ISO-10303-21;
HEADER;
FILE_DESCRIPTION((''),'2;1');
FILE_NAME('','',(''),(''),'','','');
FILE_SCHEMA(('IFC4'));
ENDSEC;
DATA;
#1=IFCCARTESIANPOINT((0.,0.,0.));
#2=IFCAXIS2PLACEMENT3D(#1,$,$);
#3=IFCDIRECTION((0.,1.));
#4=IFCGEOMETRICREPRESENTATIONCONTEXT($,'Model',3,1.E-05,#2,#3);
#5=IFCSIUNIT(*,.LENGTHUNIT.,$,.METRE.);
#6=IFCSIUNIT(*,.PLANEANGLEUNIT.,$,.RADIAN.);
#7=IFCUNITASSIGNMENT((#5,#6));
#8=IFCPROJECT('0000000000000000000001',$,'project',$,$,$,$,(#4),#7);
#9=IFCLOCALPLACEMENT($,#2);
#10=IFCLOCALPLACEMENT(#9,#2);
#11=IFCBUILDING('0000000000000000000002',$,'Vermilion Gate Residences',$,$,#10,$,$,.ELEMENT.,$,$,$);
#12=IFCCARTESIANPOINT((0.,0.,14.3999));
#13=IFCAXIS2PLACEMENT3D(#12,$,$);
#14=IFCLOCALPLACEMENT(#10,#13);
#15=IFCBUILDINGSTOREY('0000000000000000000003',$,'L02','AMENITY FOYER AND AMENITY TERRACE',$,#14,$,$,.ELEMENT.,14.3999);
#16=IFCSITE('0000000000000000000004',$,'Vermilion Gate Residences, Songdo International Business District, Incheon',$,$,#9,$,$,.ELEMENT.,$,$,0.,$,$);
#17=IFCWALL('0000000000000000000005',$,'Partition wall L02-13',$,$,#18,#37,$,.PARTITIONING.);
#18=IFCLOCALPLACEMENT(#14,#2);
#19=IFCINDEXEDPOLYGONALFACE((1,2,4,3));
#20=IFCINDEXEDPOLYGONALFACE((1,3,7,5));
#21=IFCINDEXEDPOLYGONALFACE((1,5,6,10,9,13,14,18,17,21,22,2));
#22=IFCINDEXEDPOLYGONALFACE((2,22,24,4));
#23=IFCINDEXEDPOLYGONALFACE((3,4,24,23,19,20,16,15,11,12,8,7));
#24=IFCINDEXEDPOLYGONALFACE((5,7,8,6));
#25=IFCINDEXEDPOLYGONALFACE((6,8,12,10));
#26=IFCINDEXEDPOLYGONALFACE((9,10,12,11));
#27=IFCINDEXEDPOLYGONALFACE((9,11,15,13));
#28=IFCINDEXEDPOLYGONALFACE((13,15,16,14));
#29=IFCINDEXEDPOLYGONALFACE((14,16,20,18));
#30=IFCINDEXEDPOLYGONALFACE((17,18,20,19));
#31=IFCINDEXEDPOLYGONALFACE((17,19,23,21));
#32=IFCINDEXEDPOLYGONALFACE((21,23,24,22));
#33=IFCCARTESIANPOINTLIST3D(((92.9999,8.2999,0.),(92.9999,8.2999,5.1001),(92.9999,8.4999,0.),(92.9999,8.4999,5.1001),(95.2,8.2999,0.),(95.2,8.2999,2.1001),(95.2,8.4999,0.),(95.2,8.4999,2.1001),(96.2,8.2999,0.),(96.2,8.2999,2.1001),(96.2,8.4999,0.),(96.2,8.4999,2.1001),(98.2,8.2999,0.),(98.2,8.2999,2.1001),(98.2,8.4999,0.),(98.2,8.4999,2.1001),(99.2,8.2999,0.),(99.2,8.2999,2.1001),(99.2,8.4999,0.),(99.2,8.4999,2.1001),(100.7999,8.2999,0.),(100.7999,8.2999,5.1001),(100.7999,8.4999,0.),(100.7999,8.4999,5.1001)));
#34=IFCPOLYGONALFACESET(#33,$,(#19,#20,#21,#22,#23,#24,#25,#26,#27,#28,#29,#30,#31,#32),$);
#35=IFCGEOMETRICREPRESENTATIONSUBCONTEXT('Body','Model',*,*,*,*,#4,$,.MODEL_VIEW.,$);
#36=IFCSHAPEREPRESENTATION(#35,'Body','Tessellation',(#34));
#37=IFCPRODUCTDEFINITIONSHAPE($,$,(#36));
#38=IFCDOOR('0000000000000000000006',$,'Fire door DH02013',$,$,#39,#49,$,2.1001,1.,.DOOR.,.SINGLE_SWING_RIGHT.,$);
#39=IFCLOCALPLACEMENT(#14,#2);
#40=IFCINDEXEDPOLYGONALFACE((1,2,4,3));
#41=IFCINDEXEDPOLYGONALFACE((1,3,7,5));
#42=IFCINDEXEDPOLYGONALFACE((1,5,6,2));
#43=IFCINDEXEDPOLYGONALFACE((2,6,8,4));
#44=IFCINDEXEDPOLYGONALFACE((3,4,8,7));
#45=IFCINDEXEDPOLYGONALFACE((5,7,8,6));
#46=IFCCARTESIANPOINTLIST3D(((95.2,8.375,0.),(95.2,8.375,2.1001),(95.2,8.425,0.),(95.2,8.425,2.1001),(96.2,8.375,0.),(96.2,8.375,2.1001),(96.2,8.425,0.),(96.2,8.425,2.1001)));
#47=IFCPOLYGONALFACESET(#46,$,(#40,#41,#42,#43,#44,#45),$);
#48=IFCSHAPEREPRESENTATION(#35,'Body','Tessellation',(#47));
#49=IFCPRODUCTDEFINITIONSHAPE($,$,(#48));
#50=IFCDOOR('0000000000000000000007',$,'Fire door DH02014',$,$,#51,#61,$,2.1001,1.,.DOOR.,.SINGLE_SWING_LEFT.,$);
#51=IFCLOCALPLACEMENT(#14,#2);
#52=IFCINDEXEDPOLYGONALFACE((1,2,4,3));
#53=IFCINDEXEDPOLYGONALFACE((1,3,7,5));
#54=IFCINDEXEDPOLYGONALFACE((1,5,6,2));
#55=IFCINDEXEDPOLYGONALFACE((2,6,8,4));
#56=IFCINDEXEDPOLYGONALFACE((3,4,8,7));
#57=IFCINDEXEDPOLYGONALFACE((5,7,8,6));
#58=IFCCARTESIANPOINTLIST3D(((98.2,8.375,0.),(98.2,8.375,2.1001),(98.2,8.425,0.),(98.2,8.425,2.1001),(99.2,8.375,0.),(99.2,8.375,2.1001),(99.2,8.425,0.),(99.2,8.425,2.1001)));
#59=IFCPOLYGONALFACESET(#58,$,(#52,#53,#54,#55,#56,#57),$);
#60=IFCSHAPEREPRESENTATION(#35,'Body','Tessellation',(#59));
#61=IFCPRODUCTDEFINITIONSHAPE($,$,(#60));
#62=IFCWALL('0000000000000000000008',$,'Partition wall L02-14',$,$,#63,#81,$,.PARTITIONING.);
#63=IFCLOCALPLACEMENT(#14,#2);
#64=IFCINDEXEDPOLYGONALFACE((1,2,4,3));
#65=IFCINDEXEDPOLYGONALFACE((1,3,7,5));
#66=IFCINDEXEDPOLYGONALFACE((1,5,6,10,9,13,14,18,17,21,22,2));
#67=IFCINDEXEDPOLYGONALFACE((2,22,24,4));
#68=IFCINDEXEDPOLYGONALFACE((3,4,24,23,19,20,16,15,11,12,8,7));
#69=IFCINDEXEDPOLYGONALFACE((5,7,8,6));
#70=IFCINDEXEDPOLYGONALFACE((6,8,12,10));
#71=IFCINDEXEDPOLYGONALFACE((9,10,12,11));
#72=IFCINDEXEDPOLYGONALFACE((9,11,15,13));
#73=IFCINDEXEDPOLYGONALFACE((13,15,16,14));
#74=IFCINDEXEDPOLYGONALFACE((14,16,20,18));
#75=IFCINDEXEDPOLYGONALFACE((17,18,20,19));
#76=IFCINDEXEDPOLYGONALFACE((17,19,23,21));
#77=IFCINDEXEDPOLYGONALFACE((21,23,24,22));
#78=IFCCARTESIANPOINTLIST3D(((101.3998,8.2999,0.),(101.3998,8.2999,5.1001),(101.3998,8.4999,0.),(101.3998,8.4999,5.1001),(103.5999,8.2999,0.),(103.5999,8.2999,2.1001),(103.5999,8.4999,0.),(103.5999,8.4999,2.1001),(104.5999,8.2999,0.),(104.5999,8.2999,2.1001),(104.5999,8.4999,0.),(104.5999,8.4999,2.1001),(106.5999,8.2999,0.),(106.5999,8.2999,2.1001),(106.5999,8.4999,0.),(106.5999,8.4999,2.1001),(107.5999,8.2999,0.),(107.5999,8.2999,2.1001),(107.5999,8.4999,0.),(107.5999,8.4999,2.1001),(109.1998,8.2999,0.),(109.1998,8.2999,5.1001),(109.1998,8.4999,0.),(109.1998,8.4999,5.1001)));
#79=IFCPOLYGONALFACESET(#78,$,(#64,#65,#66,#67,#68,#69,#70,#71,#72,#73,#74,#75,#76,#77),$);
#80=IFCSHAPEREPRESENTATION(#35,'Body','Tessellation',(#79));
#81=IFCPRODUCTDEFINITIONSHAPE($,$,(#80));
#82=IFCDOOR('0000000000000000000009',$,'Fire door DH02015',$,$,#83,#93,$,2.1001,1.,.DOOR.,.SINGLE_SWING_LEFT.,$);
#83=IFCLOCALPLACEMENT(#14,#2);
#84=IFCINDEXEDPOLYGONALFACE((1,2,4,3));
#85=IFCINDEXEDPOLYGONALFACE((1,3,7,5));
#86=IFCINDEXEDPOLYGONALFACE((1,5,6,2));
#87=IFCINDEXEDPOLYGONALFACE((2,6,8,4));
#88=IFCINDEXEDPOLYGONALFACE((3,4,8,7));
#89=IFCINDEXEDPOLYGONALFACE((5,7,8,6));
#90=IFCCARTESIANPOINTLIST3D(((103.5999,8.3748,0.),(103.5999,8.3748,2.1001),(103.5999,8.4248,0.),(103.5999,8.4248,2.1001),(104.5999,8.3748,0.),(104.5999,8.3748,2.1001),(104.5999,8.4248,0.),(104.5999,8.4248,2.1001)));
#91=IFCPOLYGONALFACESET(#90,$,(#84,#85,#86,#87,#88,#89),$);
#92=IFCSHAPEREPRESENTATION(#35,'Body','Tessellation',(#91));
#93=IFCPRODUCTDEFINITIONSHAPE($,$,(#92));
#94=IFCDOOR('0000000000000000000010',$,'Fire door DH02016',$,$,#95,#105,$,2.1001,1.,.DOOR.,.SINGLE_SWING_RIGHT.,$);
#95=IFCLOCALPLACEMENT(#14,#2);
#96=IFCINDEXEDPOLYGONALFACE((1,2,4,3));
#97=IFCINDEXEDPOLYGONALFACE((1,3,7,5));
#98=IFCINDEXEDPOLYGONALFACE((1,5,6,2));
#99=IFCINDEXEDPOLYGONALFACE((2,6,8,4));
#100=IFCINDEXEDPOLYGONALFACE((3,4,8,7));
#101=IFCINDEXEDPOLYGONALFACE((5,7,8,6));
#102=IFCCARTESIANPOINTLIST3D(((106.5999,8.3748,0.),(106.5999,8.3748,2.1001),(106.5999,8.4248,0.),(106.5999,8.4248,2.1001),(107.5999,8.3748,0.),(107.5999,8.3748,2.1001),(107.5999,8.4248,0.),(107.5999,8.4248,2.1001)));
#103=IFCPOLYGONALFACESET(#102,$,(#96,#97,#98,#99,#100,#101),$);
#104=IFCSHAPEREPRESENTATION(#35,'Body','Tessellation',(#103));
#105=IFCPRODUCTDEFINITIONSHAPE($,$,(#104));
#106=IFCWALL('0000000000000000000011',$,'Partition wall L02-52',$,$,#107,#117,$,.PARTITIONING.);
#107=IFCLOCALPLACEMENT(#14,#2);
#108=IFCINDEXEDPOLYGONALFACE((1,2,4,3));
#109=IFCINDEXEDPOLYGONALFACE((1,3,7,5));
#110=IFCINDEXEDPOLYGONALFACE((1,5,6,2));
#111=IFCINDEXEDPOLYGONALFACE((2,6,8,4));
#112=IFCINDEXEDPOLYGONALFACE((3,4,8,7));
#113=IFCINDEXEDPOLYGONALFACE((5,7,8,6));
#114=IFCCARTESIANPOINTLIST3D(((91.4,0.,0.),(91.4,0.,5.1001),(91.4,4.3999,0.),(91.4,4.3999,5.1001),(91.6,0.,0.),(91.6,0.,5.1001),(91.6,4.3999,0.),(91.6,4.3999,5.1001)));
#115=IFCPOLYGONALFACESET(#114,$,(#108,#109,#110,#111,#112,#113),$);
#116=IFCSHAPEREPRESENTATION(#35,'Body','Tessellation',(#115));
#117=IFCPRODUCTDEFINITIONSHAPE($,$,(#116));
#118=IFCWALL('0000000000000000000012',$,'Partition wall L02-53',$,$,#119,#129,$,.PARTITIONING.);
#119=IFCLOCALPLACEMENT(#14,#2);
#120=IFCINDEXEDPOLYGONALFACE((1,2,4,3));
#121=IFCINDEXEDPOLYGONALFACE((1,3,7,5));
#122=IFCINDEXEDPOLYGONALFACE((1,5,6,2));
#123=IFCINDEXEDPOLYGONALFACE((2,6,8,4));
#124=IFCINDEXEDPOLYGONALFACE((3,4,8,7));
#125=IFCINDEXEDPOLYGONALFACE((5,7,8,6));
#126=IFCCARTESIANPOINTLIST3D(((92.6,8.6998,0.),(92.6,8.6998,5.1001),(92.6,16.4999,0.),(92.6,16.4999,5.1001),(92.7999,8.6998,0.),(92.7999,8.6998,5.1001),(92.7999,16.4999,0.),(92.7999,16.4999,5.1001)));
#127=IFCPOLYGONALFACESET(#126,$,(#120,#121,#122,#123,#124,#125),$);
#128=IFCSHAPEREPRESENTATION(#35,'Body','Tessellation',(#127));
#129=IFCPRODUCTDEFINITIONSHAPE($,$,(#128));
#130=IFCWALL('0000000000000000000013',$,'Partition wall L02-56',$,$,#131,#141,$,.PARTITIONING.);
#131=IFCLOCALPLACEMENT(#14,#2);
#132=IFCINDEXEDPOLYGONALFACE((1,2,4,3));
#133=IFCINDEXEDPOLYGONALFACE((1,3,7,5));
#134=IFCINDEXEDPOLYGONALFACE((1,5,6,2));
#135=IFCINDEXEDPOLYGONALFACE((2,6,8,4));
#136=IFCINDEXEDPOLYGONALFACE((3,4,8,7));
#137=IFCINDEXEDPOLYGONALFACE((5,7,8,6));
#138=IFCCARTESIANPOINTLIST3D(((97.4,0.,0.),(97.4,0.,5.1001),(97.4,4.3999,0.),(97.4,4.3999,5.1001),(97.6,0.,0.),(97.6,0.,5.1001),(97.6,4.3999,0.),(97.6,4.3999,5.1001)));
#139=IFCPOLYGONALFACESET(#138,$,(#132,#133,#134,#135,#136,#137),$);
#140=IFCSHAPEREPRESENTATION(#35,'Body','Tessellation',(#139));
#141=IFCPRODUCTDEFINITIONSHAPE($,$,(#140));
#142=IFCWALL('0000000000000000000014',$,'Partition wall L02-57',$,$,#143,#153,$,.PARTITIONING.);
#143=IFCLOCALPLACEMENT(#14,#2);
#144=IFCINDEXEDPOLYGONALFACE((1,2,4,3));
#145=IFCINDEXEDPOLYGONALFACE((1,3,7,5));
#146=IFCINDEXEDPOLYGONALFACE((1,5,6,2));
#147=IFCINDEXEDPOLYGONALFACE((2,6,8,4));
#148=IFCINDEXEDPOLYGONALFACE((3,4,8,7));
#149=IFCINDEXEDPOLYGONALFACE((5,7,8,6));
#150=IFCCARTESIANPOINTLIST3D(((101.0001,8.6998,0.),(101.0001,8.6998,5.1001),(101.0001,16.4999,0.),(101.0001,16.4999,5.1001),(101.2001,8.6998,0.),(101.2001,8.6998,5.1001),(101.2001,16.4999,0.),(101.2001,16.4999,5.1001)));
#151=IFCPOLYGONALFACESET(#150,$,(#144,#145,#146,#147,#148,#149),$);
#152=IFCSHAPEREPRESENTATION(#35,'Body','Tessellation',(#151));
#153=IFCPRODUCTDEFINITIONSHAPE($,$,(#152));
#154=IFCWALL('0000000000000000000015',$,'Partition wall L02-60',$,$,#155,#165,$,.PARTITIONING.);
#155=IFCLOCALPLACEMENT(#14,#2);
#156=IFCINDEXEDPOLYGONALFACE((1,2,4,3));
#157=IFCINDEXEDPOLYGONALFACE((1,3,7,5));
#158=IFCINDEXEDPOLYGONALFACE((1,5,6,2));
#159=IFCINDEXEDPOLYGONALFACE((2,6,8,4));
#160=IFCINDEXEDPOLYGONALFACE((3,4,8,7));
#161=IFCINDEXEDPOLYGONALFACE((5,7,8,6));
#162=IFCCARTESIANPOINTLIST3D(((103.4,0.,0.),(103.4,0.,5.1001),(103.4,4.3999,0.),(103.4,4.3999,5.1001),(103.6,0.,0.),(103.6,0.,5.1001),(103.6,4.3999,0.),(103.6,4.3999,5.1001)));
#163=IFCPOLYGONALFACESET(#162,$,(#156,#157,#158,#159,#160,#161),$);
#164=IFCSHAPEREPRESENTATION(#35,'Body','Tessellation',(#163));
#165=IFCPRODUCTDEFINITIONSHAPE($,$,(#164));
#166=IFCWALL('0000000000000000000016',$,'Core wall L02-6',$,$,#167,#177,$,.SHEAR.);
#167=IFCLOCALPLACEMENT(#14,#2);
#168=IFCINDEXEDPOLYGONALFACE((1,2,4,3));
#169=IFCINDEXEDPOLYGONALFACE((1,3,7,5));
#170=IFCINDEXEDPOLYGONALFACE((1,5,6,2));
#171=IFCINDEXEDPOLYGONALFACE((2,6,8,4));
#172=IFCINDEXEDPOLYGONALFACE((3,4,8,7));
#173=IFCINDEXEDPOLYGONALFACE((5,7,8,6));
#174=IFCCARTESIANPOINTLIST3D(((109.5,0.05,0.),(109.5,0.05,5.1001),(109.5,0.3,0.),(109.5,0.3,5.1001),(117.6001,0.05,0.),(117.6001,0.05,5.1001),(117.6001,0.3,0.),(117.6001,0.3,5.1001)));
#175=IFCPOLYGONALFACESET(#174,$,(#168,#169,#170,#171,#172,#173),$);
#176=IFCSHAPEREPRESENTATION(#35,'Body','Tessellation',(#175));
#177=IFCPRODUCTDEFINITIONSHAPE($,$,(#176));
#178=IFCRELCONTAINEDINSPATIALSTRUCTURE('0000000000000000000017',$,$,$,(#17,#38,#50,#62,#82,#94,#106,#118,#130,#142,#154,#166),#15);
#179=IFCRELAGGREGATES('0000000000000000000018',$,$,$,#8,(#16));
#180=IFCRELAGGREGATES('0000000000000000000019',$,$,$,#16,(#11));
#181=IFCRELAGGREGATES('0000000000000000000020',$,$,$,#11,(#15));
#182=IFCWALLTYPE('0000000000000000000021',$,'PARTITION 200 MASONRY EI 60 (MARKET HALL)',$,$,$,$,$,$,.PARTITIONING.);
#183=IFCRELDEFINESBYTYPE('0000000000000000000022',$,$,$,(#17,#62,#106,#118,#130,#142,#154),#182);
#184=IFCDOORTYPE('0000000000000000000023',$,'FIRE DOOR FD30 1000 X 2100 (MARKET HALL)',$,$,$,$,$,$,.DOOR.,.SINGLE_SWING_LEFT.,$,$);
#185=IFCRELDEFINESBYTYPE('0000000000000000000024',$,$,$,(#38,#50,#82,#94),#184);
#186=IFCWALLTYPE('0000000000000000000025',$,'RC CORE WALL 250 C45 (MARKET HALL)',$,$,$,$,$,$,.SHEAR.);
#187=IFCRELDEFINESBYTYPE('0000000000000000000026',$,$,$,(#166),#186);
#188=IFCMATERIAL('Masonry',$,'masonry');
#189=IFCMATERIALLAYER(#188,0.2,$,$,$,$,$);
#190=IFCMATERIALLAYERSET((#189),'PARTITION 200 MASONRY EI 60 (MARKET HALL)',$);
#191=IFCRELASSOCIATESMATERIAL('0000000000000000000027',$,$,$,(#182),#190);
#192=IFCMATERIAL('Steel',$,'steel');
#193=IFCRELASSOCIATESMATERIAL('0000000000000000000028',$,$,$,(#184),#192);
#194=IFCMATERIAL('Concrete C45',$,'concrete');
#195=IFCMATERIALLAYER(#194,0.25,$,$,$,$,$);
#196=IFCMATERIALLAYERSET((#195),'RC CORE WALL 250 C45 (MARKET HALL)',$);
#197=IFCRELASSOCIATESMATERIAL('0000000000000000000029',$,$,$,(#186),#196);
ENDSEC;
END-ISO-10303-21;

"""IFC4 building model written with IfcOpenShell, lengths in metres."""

from ifc_helpers import new_model, si_unit, direction, frame, frame_2d, origin, place, context, subcontext, project, spatial, rectangle, extrude, material, layer, layer_set, type_object, element, fill, save


model = new_model("IFC4")

# Units and contexts
model_context = context("Model", 3, precision=1e-05, world=origin(), true_north=direction((0.0, 1.0)))
body_context = subcontext(model_context, "Body", "Model", "MODEL_VIEW")
ifc_project = project(units=[si_unit("LENGTHUNIT", "METRE"), si_unit("PLANEANGLEUNIT", "RADIAN")], contexts=[model_context])

# Site, building, storey
site_placement = place(None, origin())
site = spatial("IfcSite", under=ifc_project, at=site_placement, Name="Vermilion Gate Residences, Songdo International Business District, Incheon", CompositionType="ELEMENT", RefElevation=0.0)
building_placement = place(site_placement, origin())
building = spatial("IfcBuilding", under=site, at=building_placement, Name="Vermilion Gate Residences", CompositionType="ELEMENT")
storey_placement = place(building_placement, frame((0.0, 0.0, 14.3999)))
storey = spatial("IfcBuildingStorey", under=building, at=storey_placement, Name="L02", Description="AMENITY FOYER AND AMENITY TERRACE", CompositionType="ELEMENT", Elevation=14.3999)

# Walls, openings, doors
ifc_material_1 = material(Name="Masonry", Category="masonry")
ifc_layer_1 = layer(ifc_material_1, 0.2)
ifc_layer_set_1 = layer_set([ifc_layer_1], Name="PARTITION 200 MASONRY EI 60 (MARKET HALL)")
wall_type_1 = type_object("IfcWallType", Name="PARTITION 200 MASONRY EI 60 (MARKET HALL)", PredefinedType="PARTITIONING", material=ifc_layer_set_1)
wall_1_placement = place(storey_placement, frame((93.0, 8.3999, 0.0), z_axis=(0.0, 0.0, 1.0), x_axis=(1.0, 0.0, 0.0)))
wall_1 = element("IfcWall", 1, at=wall_1_placement, inside=storey, type_object=wall_type_1, Name="Partition wall L02-13", PredefinedType="PARTITIONING", context=body_context, shape_type="SweptSolid", body=[
    extrude(rectangle(XDim=7.8, YDim=0.2, at=frame_2d((3.8999, 0.0))), origin(), (0.0, 0.0, 1.0), 5.1001),
])
opening_1_placement = place(wall_1_placement, frame((2.2, 0.0, 0.0)))
opening_1 = element("IfcOpeningElement", 2, at=opening_1_placement, cuts=wall_1, PredefinedType="OPENING", context=body_context, shape_type="SweptSolid", body=[
    extrude(rectangle(XDim=1.0, YDim=2.1001, at=frame_2d((0.5, 1.05))), frame((0.0, 0.1099, 0.0), z_axis=(0.0, -1.0, 0.0), x_axis=(1.0, 0.0, 0.0)), (0.0, 0.0, 1.0), 0.22),
])
opening_2_placement = place(wall_1_placement, frame((5.2, 0.0, 0.0)))
opening_2 = element("IfcOpeningElement", 3, at=opening_2_placement, cuts=wall_1, PredefinedType="OPENING", context=body_context, shape_type="SweptSolid", body=[
    extrude(rectangle(XDim=1.0, YDim=2.1001, at=frame_2d((0.5, 1.05))), frame((0.0, 0.1099, 0.0), z_axis=(0.0, -1.0, 0.0), x_axis=(1.0, 0.0, 0.0)), (0.0, 0.0, 1.0), 0.22),
])
ifc_material_2 = material(Name="Steel", Category="steel")
door_type_1 = type_object("IfcDoorType", Name="FIRE DOOR FD30 1000 X 2100 (MARKET HALL)", OperationType="SINGLE_SWING_LEFT", PredefinedType="DOOR", material=ifc_material_2)
door_1_placement = place(opening_1_placement, frame((1.0, 0.0, 0.0), z_axis=(0.0, 0.0, 1.0), x_axis=(-1.0, 0.0, 0.0)))
door_1 = element("IfcDoor", 4, at=door_1_placement, inside=storey, type_object=door_type_1, Name="Fire door DH02013", OperationType="SINGLE_SWING_RIGHT", OverallHeight=2.1001, OverallWidth=1.0, PredefinedType="DOOR", context=body_context, shape_type="SweptSolid", body=[
    extrude(rectangle(XDim=1.0, YDim=2.1001, at=frame_2d((0.5, 1.05))), frame((0.0, 0.0249, 0.0), z_axis=(0.0, -1.0, 0.0), x_axis=(1.0, 0.0, 0.0)), (0.0, 0.0, 1.0), 0.05),
])
fill(opening_1, door_1)
door_2_placement = place(opening_2_placement, frame((1.0, 0.0, 0.0), z_axis=(0.0, 0.0, 1.0), x_axis=(-1.0, 0.0, 0.0)))
door_2 = element("IfcDoor", 5, at=door_2_placement, inside=storey, type_object=door_type_1, Name="Fire door DH02014", OperationType="SINGLE_SWING_LEFT", OverallHeight=2.1001, OverallWidth=1.0, PredefinedType="DOOR", context=body_context, shape_type="SweptSolid", body=[
    extrude(rectangle(XDim=1.0, YDim=2.1001, at=frame_2d((0.5, 1.05))), frame((0.0, 0.0249, 0.0), z_axis=(0.0, -1.0, 0.0), x_axis=(1.0, 0.0, 0.0)), (0.0, 0.0, 1.0), 0.05),
])
fill(opening_2, door_2)
wall_2_placement = place(storey_placement, frame((101.3999, 8.3999, 0.0), z_axis=(0.0, 0.0, 1.0), x_axis=(1.0, 0.0, 0.0)))
wall_2 = element("IfcWall", 6, at=wall_2_placement, inside=storey, type_object=wall_type_1, Name="Partition wall L02-14", PredefinedType="PARTITIONING", context=body_context, shape_type="SweptSolid", body=[
    extrude(rectangle(XDim=7.8, YDim=0.2, at=frame_2d((3.8999, 0.0))), origin(), (0.0, 0.0, 1.0), 5.1001),
])
opening_3_placement = place(wall_2_placement, frame((2.2, 0.0, 0.0)))
opening_3 = element("IfcOpeningElement", 7, at=opening_3_placement, cuts=wall_2, PredefinedType="OPENING", context=body_context, shape_type="SweptSolid", body=[
    extrude(rectangle(XDim=1.0, YDim=2.1001, at=frame_2d((0.5, 1.05))), frame((0.0, 0.1099, 0.0), z_axis=(0.0, -1.0, 0.0), x_axis=(1.0, 0.0, 0.0)), (0.0, 0.0, 1.0), 0.22),
])
opening_4_placement = place(wall_2_placement, frame((5.2, 0.0, 0.0)))
opening_4 = element("IfcOpeningElement", 8, at=opening_4_placement, cuts=wall_2, PredefinedType="OPENING", context=body_context, shape_type="SweptSolid", body=[
    extrude(rectangle(XDim=1.0, YDim=2.1001, at=frame_2d((0.5, 1.05))), frame((0.0, 0.1099, 0.0), z_axis=(0.0, -1.0, 0.0), x_axis=(1.0, 0.0, 0.0)), (0.0, 0.0, 1.0), 0.22),
])
door_3_placement = place(opening_3_placement, origin())
door_3 = element("IfcDoor", 9, at=door_3_placement, inside=storey, type_object=door_type_1, Name="Fire door DH02015", OperationType="SINGLE_SWING_LEFT", OverallHeight=2.1001, OverallWidth=1.0, PredefinedType="DOOR", context=body_context, shape_type="SweptSolid", body=[
    extrude(rectangle(XDim=1.0, YDim=2.1001, at=frame_2d((0.5, 1.05))), frame((0.0, 0.0249, 0.0), z_axis=(0.0, -1.0, 0.0), x_axis=(1.0, 0.0, 0.0)), (0.0, 0.0, 1.0), 0.05),
])
fill(opening_3, door_3)
door_4_placement = place(opening_4_placement, origin())
door_4 = element("IfcDoor", 10, at=door_4_placement, inside=storey, type_object=door_type_1, Name="Fire door DH02016", OperationType="SINGLE_SWING_RIGHT", OverallHeight=2.1001, OverallWidth=1.0, PredefinedType="DOOR", context=body_context, shape_type="SweptSolid", body=[
    extrude(rectangle(XDim=1.0, YDim=2.1001, at=frame_2d((0.5, 1.05))), frame((0.0, 0.0249, 0.0), z_axis=(0.0, -1.0, 0.0), x_axis=(1.0, 0.0, 0.0)), (0.0, 0.0, 1.0), 0.05),
])
fill(opening_4, door_4)

# Walls
wall_3_placement = place(storey_placement, frame((91.5, 0.0, 0.0), z_axis=(0.0, 0.0, 1.0), x_axis=(0.0, 1.0, 0.0)))
element("IfcWall", 11, at=wall_3_placement, inside=storey, type_object=wall_type_1, Name="Partition wall L02-52", PredefinedType="PARTITIONING", context=body_context, shape_type="SweptSolid", body=[
    extrude(rectangle(XDim=4.3999, YDim=0.2, at=frame_2d((2.2, 0.0))), origin(), (0.0, 0.0, 1.0), 5.1001),
])
wall_4_placement = place(storey_placement, frame((92.7, 8.7, 0.0), z_axis=(0.0, 0.0, 1.0), x_axis=(0.0, 1.0, 0.0)))
element("IfcWall", 12, at=wall_4_placement, inside=storey, type_object=wall_type_1, Name="Partition wall L02-53", PredefinedType="PARTITIONING", context=body_context, shape_type="SweptSolid", body=[
    extrude(rectangle(XDim=7.8, YDim=0.2, at=frame_2d((3.8999, 0.0))), origin(), (0.0, 0.0, 1.0), 5.1001),
])
wall_5_placement = place(storey_placement, frame((97.5, 0.0, 0.0), z_axis=(0.0, 0.0, 1.0), x_axis=(0.0, 1.0, 0.0)))
element("IfcWall", 13, at=wall_5_placement, inside=storey, type_object=wall_type_1, Name="Partition wall L02-56", PredefinedType="PARTITIONING", context=body_context, shape_type="SweptSolid", body=[
    extrude(rectangle(XDim=4.3999, YDim=0.2, at=frame_2d((2.2, 0.0))), origin(), (0.0, 0.0, 1.0), 5.1001),
])
wall_6_placement = place(storey_placement, frame((101.1001, 8.7, 0.0), z_axis=(0.0, 0.0, 1.0), x_axis=(0.0, 1.0, 0.0)))
element("IfcWall", 14, at=wall_6_placement, inside=storey, type_object=wall_type_1, Name="Partition wall L02-57", PredefinedType="PARTITIONING", context=body_context, shape_type="SweptSolid", body=[
    extrude(rectangle(XDim=7.8, YDim=0.2, at=frame_2d((3.8999, 0.0))), origin(), (0.0, 0.0, 1.0), 5.1001),
])
wall_7_placement = place(storey_placement, frame((103.5, 0.0, 0.0), z_axis=(0.0, 0.0, 1.0), x_axis=(0.0, 1.0, 0.0)))
element("IfcWall", 15, at=wall_7_placement, inside=storey, type_object=wall_type_1, Name="Partition wall L02-60", PredefinedType="PARTITIONING", context=body_context, shape_type="SweptSolid", body=[
    extrude(rectangle(XDim=4.3999, YDim=0.2, at=frame_2d((2.2, 0.0))), origin(), (0.0, 0.0, 1.0), 5.1001),
])
ifc_material_3 = material(Name="Concrete C45", Category="concrete")
ifc_layer_2 = layer(ifc_material_3, 0.25)
ifc_layer_set_2 = layer_set([ifc_layer_2], Name="RC CORE WALL 250 C45 (MARKET HALL)")
wall_type_2 = type_object("IfcWallType", Name="RC CORE WALL 250 C45 (MARKET HALL)", PredefinedType="SHEAR", material=ifc_layer_set_2)
wall_8_placement = place(storey_placement, frame((109.5, 0.175, 0.0), z_axis=(0.0, 0.0, 1.0), x_axis=(1.0, 0.0, 0.0)))
element("IfcWall", 16, at=wall_8_placement, inside=storey, type_object=wall_type_2, Name="Core wall L02-6", PredefinedType="SHEAR", context=body_context, shape_type="SweptSolid", body=[
    extrude(rectangle(XDim=8.1001, YDim=0.25, at=frame_2d((4.05, 0.0))), origin(), (0.0, 0.0, 1.0), 5.1001),
])

save(model, "model.ifc")
